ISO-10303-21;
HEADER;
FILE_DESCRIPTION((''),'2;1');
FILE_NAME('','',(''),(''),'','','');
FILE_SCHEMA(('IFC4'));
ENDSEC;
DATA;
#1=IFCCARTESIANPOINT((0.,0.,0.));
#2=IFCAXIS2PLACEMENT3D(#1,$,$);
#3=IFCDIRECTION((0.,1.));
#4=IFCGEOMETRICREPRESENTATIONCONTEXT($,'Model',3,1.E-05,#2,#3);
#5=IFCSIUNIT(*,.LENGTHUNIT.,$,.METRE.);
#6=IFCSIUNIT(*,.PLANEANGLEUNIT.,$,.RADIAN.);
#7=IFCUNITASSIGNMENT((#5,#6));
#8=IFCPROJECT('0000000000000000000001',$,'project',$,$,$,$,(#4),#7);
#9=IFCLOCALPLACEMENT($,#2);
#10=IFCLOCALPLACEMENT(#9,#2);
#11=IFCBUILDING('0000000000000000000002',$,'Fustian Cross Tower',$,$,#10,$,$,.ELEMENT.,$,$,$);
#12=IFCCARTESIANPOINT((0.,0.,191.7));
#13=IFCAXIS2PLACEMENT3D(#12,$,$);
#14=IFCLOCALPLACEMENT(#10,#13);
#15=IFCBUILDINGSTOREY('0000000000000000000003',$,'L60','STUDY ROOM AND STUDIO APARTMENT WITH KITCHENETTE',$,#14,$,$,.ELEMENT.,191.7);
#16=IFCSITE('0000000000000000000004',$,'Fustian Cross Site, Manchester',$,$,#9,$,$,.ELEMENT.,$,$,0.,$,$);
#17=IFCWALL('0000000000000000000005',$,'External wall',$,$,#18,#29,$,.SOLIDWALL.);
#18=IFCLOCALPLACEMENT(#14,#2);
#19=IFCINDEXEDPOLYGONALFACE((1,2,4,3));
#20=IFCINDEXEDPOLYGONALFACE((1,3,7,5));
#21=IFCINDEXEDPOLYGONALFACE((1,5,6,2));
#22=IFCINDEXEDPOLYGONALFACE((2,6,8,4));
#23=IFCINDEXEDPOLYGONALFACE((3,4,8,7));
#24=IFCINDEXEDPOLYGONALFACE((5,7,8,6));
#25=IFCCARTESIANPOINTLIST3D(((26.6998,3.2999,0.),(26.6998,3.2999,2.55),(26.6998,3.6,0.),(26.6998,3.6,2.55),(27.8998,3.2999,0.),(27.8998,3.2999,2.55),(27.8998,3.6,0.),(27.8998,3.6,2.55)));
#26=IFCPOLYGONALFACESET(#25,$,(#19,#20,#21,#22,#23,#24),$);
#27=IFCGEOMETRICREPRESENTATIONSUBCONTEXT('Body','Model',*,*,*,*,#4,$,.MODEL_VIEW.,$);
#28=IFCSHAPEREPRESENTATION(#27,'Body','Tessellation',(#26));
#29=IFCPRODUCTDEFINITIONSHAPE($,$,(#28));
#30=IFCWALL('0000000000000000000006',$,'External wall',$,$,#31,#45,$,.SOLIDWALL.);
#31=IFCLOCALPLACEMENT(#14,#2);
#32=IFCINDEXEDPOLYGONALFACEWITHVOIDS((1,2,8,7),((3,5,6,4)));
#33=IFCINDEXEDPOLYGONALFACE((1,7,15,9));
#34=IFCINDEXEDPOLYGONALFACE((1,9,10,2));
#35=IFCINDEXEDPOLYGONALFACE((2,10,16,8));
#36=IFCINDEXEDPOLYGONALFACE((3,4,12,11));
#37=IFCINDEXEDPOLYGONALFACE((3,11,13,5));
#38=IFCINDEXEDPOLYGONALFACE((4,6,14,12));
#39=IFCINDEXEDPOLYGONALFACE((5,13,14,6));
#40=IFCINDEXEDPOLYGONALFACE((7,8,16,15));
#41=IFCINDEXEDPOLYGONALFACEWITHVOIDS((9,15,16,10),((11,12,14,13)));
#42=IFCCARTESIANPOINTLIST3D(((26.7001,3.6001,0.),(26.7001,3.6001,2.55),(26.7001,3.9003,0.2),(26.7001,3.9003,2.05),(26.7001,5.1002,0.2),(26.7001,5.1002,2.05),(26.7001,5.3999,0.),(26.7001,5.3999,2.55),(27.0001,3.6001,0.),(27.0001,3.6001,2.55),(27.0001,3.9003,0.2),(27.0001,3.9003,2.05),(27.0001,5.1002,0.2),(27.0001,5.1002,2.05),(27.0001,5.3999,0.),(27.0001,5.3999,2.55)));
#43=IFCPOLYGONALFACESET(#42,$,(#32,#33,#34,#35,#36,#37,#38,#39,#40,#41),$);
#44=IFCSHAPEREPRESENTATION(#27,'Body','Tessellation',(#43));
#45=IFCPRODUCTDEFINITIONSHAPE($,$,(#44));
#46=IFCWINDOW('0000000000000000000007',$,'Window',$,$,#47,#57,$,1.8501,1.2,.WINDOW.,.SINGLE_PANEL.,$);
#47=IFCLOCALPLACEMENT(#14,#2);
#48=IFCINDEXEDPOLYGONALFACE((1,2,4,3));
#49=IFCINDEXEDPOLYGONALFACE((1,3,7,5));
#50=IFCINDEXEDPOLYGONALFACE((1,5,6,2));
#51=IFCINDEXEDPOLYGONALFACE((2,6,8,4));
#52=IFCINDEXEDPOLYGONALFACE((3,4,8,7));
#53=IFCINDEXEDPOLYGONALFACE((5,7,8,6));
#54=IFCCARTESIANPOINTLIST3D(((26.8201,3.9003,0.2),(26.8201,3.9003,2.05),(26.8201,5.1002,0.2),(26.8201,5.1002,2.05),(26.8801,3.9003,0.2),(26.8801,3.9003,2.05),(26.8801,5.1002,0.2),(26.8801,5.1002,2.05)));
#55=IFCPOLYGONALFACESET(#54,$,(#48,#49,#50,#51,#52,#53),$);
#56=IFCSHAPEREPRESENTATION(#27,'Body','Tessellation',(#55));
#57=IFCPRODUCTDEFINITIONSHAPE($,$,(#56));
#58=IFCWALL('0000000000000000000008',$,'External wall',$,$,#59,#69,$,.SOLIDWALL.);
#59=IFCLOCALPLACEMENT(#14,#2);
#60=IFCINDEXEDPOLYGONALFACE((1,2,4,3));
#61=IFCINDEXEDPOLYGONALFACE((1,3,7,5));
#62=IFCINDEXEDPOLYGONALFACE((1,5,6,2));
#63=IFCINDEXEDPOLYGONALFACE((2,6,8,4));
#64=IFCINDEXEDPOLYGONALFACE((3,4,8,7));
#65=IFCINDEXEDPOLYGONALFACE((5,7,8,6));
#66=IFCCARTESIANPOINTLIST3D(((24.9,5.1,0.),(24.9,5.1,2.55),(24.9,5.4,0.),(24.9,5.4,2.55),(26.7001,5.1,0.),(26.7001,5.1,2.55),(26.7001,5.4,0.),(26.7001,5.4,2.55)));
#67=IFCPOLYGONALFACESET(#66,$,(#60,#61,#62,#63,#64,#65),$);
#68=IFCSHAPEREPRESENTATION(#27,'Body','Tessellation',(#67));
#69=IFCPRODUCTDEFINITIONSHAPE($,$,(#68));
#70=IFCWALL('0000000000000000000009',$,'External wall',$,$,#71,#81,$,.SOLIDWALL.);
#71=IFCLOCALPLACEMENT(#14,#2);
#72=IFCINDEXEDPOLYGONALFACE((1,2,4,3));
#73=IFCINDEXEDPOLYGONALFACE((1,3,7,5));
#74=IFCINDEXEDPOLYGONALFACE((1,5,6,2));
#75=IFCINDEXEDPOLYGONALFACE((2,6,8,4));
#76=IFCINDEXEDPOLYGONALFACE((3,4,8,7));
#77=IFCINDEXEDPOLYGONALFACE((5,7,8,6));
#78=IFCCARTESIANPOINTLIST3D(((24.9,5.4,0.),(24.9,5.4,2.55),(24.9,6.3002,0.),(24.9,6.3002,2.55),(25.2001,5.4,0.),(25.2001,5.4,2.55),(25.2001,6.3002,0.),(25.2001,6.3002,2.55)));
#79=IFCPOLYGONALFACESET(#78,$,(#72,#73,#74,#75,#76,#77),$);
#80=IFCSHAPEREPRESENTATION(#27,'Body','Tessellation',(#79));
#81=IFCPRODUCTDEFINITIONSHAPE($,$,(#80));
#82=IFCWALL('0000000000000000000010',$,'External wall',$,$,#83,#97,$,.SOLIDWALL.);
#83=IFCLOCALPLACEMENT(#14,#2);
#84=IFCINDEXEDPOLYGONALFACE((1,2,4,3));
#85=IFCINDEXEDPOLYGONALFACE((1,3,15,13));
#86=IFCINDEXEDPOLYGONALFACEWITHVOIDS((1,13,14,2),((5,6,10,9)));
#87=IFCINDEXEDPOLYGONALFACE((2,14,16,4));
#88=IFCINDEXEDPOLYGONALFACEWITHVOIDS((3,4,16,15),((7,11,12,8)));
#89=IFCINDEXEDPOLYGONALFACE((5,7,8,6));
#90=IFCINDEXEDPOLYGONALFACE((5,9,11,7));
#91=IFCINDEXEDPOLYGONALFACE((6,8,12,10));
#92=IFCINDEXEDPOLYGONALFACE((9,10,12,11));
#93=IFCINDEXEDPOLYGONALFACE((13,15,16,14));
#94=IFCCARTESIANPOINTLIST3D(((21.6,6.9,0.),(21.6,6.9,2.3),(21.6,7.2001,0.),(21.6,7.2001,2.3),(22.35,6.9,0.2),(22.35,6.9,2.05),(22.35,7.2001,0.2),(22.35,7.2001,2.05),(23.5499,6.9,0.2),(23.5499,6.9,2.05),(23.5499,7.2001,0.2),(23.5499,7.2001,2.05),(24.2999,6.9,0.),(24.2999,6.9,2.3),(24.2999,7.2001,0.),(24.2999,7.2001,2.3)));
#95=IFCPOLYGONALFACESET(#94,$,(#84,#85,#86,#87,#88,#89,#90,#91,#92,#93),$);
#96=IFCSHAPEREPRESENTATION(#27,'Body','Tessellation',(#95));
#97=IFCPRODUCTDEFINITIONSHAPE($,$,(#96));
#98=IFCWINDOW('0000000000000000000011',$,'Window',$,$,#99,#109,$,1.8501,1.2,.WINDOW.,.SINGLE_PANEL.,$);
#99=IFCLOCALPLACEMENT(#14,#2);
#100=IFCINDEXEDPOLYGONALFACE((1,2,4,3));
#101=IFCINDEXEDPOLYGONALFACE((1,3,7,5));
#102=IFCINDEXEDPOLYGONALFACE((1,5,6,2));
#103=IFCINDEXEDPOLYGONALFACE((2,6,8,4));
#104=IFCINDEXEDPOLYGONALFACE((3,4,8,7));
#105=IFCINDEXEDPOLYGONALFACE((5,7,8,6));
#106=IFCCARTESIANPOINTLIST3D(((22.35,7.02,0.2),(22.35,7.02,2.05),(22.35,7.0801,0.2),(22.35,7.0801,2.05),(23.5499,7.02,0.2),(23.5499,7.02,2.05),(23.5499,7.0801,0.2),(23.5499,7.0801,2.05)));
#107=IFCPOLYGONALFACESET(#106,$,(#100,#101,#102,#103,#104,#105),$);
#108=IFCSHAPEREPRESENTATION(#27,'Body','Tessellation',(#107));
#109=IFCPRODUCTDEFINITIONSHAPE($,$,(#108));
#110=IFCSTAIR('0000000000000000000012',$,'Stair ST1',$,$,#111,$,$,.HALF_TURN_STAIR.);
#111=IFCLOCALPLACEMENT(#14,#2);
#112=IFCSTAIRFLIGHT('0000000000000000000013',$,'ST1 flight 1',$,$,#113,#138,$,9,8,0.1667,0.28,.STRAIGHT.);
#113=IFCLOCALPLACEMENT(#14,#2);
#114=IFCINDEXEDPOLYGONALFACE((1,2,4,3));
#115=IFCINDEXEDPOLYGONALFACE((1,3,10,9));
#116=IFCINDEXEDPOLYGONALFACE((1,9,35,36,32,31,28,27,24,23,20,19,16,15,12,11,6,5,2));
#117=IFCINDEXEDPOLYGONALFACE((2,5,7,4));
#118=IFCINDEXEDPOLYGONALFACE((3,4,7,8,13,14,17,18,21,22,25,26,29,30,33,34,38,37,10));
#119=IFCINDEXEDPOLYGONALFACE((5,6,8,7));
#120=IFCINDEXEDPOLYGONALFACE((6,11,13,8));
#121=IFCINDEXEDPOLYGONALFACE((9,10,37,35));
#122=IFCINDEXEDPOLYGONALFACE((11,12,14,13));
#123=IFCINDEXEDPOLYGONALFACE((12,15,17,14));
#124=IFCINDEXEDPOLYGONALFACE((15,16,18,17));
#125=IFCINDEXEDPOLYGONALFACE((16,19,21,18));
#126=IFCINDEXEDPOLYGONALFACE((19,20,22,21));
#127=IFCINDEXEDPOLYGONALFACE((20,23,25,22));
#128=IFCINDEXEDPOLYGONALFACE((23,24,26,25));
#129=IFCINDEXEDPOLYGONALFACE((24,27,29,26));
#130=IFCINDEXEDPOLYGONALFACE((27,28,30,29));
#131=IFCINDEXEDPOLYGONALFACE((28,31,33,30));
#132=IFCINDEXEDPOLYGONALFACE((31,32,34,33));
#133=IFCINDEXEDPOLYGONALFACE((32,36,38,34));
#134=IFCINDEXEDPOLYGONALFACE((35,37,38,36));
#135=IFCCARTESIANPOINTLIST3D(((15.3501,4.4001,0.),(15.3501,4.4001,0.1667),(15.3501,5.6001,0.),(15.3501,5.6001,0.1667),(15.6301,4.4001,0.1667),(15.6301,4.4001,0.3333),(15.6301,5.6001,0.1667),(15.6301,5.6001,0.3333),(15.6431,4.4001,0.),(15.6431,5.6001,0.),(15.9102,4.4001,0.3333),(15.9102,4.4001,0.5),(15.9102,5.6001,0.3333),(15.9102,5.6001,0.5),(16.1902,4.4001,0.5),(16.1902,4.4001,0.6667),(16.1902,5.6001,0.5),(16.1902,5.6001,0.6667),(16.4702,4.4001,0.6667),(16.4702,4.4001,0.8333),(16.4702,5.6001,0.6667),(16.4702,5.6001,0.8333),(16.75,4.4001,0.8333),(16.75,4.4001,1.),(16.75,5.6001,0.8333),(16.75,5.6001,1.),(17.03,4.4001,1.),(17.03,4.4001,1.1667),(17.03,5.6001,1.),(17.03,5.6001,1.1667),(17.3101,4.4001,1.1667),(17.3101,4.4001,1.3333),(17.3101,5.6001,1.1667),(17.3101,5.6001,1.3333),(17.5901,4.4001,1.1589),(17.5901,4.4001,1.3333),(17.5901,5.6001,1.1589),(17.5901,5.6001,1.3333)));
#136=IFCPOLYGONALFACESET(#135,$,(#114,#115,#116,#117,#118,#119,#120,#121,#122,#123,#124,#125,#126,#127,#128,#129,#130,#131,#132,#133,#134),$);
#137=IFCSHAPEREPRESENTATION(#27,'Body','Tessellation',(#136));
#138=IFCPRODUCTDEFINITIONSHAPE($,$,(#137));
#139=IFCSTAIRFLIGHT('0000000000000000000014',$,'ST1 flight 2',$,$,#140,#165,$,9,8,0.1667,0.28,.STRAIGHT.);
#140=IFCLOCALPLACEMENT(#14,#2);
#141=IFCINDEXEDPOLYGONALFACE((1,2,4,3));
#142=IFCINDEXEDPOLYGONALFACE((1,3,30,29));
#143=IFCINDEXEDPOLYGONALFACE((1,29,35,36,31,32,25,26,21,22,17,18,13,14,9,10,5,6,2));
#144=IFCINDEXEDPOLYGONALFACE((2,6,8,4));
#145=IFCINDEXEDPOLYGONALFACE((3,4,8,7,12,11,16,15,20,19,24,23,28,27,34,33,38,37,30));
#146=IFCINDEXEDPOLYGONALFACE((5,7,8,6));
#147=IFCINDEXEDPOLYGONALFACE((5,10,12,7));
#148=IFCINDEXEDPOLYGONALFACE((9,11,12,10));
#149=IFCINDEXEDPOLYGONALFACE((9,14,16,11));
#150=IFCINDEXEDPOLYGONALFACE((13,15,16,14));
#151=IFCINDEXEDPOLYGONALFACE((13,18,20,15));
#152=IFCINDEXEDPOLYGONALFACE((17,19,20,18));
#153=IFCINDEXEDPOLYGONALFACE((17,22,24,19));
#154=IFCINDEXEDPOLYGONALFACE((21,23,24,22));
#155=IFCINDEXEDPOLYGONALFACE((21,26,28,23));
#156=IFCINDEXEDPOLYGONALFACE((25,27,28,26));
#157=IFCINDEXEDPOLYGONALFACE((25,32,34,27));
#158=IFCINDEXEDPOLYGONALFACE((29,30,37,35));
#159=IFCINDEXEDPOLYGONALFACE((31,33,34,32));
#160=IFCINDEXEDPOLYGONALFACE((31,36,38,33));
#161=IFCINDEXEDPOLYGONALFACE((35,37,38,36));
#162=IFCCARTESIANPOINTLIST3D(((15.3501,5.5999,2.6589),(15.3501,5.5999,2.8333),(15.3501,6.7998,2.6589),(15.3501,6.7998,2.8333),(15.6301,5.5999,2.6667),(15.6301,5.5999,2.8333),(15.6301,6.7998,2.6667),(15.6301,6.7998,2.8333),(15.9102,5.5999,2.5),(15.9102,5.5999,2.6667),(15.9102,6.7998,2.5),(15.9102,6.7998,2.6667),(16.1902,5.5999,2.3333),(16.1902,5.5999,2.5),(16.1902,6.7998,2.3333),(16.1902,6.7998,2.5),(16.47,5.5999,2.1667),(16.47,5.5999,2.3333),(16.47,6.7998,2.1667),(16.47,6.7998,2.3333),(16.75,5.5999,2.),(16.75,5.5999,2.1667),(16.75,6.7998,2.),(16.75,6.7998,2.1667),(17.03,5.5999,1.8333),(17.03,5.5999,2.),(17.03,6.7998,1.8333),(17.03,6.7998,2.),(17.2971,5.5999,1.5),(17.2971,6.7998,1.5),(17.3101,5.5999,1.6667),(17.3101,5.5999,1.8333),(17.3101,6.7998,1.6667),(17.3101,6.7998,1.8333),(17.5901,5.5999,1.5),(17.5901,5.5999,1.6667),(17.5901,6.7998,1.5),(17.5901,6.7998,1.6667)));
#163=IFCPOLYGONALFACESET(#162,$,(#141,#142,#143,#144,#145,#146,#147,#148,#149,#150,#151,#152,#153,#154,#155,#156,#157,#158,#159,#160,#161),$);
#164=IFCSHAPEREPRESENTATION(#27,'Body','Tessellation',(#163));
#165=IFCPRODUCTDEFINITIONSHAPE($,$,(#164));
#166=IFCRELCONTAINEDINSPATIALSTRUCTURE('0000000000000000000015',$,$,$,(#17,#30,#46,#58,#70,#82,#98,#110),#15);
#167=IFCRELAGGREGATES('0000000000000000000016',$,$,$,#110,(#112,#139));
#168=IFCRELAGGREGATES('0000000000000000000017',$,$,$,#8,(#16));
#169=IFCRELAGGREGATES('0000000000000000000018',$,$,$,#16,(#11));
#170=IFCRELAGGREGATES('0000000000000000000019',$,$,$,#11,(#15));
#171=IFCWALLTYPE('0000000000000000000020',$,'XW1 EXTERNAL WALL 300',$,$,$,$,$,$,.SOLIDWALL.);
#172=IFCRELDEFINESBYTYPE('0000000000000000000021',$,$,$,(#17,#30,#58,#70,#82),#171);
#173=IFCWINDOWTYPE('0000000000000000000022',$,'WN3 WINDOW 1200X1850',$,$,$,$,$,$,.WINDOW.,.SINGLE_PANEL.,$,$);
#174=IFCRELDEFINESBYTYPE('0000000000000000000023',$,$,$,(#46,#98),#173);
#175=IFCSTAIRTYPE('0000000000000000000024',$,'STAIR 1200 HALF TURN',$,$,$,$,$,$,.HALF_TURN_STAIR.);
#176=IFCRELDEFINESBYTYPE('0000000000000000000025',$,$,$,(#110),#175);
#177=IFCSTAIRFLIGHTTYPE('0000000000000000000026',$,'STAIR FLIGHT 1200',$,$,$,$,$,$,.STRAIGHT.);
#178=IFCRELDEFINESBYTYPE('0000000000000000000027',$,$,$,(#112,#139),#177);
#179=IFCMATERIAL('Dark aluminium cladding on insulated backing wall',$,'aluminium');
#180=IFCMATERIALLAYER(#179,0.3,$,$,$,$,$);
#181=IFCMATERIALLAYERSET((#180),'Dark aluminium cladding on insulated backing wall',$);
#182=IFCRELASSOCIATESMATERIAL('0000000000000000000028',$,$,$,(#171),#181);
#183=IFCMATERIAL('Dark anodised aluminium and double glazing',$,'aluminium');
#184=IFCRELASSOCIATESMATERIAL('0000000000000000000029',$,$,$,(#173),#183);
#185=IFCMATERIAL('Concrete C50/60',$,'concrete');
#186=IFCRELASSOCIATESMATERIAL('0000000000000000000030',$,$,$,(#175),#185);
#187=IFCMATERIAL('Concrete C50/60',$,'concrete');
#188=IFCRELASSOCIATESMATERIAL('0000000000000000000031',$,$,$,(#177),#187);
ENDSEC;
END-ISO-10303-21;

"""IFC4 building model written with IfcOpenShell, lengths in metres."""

from ifc_helpers import new_model, si_unit, direction, frame, frame_2d, origin, place, context, subcontext, project, spatial, polyline, rectangle, outline, extrude, material, layer, layer_set, type_object, element, fill, aggregate, save


model = new_model("IFC4")

# Units and contexts
model_context = context("Model", 3, precision=1e-05, world=origin(), true_north=direction((0.0, 1.0)))
body_context = subcontext(model_context, "Body", "Model", "MODEL_VIEW")
ifc_project = project(units=[si_unit("LENGTHUNIT", "METRE"), si_unit("PLANEANGLEUNIT", "RADIAN")], contexts=[model_context])

# Site, building, storey
site_placement = place(None, origin())
site = spatial("IfcSite", under=ifc_project, at=site_placement, Name="Fustian Cross Site, Manchester", CompositionType="ELEMENT", RefElevation=0.0)
building_placement = place(site_placement, origin())
building = spatial("IfcBuilding", under=site, at=building_placement, Name="Fustian Cross Tower", CompositionType="ELEMENT")
storey_placement = place(building_placement, frame((0.0, 0.0, 191.7)))
storey = spatial("IfcBuildingStorey", under=building, at=storey_placement, Name="L60", Description="STUDY ROOM AND STUDIO APARTMENT WITH KITCHENETTE", CompositionType="ELEMENT", Elevation=191.7)

# Wall
ifc_material_1 = material(Name="Dark aluminium cladding on insulated backing wall", Category="aluminium")
ifc_layer_1 = layer(ifc_material_1, 0.3)
ifc_layer_set_1 = layer_set([ifc_layer_1], Name="Dark aluminium cladding on insulated backing wall")
wall_type_1 = type_object("IfcWallType", Name="XW1 EXTERNAL WALL 300", PredefinedType="SOLIDWALL", material=ifc_layer_set_1)
wall_1_placement = place(storey_placement, frame((27.8999, 3.45, 0.0), z_axis=(0.0, 0.0, 1.0), x_axis=(-1.0, 0.0, 0.0)))
element("IfcWall", 1, at=wall_1_placement, inside=storey, type_object=wall_type_1, Name="External wall", PredefinedType="SOLIDWALL", context=body_context, shape_type="SweptSolid", body=[
    extrude(rectangle(XDim=1.2, YDim=0.3, at=frame_2d((0.6001, 0.0))), origin(), (0.0, 0.0, 1.0), 2.55),
])

# Wall, opening, window
wall_2_placement = place(storey_placement, frame((26.8501, 3.6001, 0.0), z_axis=(0.0, 0.0, 1.0), x_axis=(0.0, 1.0, 0.0)))
wall_2 = element("IfcWall", 2, at=wall_2_placement, inside=storey, type_object=wall_type_1, Name="External wall", PredefinedType="SOLIDWALL", context=body_context, shape_type="SweptSolid", body=[
    extrude(rectangle(XDim=1.7998, YDim=0.3, at=frame_2d((0.8999, 0.0))), origin(), (0.0, 0.0, 1.0), 2.55),
])
opening_1_placement = place(wall_2_placement, frame((0.3, 0.0, 0.2)))
opening_1 = element("IfcOpeningElement", 3, at=opening_1_placement, cuts=wall_2, PredefinedType="OPENING", context=body_context, shape_type="SweptSolid", body=[
    extrude(rectangle(XDim=1.2, YDim=1.8501, at=frame_2d((0.6001, 0.925))), frame((0.0, 0.1599, 0.0), z_axis=(0.0, -1.0, 0.0), x_axis=(1.0, 0.0, 0.0)), (0.0, 0.0, 1.0), 0.3201),
])
ifc_material_2 = material(Name="Dark anodised aluminium and double glazing", Category="aluminium")
window_type = type_object("IfcWindowType", Name="WN3 WINDOW 1200X1850", PartitioningType="SINGLE_PANEL", PredefinedType="WINDOW", material=ifc_material_2)
window_1_placement = place(opening_1_placement, origin())
window_1 = element("IfcWindow", 4, at=window_1_placement, inside=storey, type_object=window_type, Name="Window", OverallHeight=1.8501, OverallWidth=1.2, PartitioningType="SINGLE_PANEL", PredefinedType="WINDOW", context=body_context, shape_type="SweptSolid", body=[
    extrude(rectangle(XDim=1.2, YDim=1.8501, at=frame_2d((0.6001, 0.925))), frame((0.0, 0.03, 0.0), z_axis=(0.0, -1.0, 0.0), x_axis=(1.0, 0.0, 0.0)), (0.0, 0.0, 1.0), 0.0601),
])
fill(opening_1, window_1)

# Walls
wall_3_placement = place(storey_placement, frame((26.7, 5.25, 0.0), z_axis=(0.0, 0.0, 1.0), x_axis=(-1.0, 0.0, 0.0)))
element("IfcWall", 5, at=wall_3_placement, inside=storey, type_object=wall_type_1, Name="External wall", PredefinedType="SOLIDWALL", context=body_context, shape_type="SweptSolid", body=[
    extrude(rectangle(XDim=1.8, YDim=0.3, at=frame_2d((0.8999, 0.0))), origin(), (0.0, 0.0, 1.0), 2.55),
])
wall_4_placement = place(storey_placement, frame((25.05, 5.3999, 0.0), z_axis=(0.0, 0.0, 1.0), x_axis=(0.0, 1.0, 0.0)))
element("IfcWall", 6, at=wall_4_placement, inside=storey, type_object=wall_type_1, Name="External wall", PredefinedType="SOLIDWALL", context=body_context, shape_type="SweptSolid", body=[
    extrude(rectangle(XDim=0.9001, YDim=0.3, at=frame_2d((0.4502, 0.0))), origin(), (0.0, 0.0, 1.0), 2.55),
])

# Wall, opening, window
wall_5_placement = place(storey_placement, frame((24.3, 7.05, 0.0), z_axis=(0.0, 0.0, 1.0), x_axis=(-1.0, 0.0, 0.0)))
wall_5 = element("IfcWall", 7, at=wall_5_placement, inside=storey, type_object=wall_type_1, Name="External wall", PredefinedType="SOLIDWALL", context=body_context, shape_type="SweptSolid", body=[
    extrude(rectangle(XDim=2.7, YDim=0.3, at=frame_2d((1.3501, 0.0))), origin(), (0.0, 0.0, 1.0), 2.3),
])
opening_2_placement = place(wall_5_placement, frame((0.75, 0.0, 0.2)))
opening_2 = element("IfcOpeningElement", 8, at=opening_2_placement, cuts=wall_5, PredefinedType="OPENING", context=body_context, shape_type="SweptSolid", body=[
    extrude(rectangle(XDim=1.2, YDim=1.8501, at=frame_2d((0.6001, 0.925))), frame((0.0, 0.1599, 0.0), z_axis=(0.0, -1.0, 0.0), x_axis=(1.0, 0.0, 0.0)), (0.0, 0.0, 1.0), 0.3201),
])
window_2_placement = place(opening_2_placement, origin())
window_2 = element("IfcWindow", 9, at=window_2_placement, inside=storey, type_object=window_type, Name="Window", OverallHeight=1.8501, OverallWidth=1.2, PartitioningType="SINGLE_PANEL", PredefinedType="WINDOW", context=body_context, shape_type="SweptSolid", body=[
    extrude(rectangle(XDim=1.2, YDim=1.8501, at=frame_2d((0.6001, 0.925))), frame((0.0, 0.03, 0.0), z_axis=(0.0, -1.0, 0.0), x_axis=(1.0, 0.0, 0.0)), (0.0, 0.0, 1.0), 0.0601),
])
fill(opening_2, window_2)

# Stair, stair flights
ifc_material_3 = material(Name="Concrete C50/60", Category="concrete")
stair_type = type_object("IfcStairType", Name="STAIR 1200 HALF TURN", PredefinedType="HALF_TURN_STAIR", material=ifc_material_3)
stair_placement = place(storey_placement, origin())
stair = element("IfcStair", 10, at=stair_placement, inside=storey, type_object=stair_type, Name="Stair ST1", PredefinedType="HALF_TURN_STAIR")
ifc_material_4 = material(Name="Concrete C50/60", Category="concrete")
stair_flight_type = type_object("IfcStairFlightType", Name="STAIR FLIGHT 1200", PredefinedType="STRAIGHT", material=ifc_material_4)
stair_flight_1_placement = place(storey_placement, frame((15.3501, 5.0, 0.0), z_axis=(0.0, 0.0, 1.0), x_axis=(1.0, 0.0, 0.0)))
stair_flight_1 = element("IfcStairFlight", 11, at=stair_flight_1_placement, type_object=stair_flight_type, Name="ST1 flight 1", NumberOfRisers=9, NumberOfTreads=8, PredefinedType="STRAIGHT", RiserHeight=0.1667, TreadLength=0.28, context=body_context, shape_type="SweptSolid", body=[
    extrude(outline(polyline([(0.0, 0.0), (0.0, 0.1667), (0.28, 0.1667), (0.28, 0.3333), (0.5601, 0.3333), (0.5601, 0.5), (0.8401, 0.5), (0.8401, 0.6667), (1.1201, 0.6667), (1.1201, 0.8333), (1.3999, 0.8333), (1.3999, 1.0), (1.6799, 1.0), (1.6799, 1.1667), (1.96, 1.1667), (1.96, 1.3333), (2.24, 1.3333), (2.24, 1.5), (2.24, 1.1589), (0.293, 0.0), (0.0, 0.0)])), frame((0.0, 0.6001, 0.0), z_axis=(0.0, -1.0, 0.0), x_axis=(1.0, 0.0, 0.0)), (0.0, 0.0, 1.0), 1.2),
])
stair_flight_2_placement = place(storey_placement, frame((17.5901, 6.2, 1.5), z_axis=(0.0, 0.0, 1.0), x_axis=(-1.0, 0.0, 0.0)))
stair_flight_2 = element("IfcStairFlight", 12, at=stair_flight_2_placement, type_object=stair_flight_type, Name="ST1 flight 2", NumberOfRisers=9, NumberOfTreads=8, PredefinedType="STRAIGHT", RiserHeight=0.1667, TreadLength=0.28, context=body_context, shape_type="SweptSolid", body=[
    extrude(outline(polyline([(0.0, 0.0), (0.0, 0.1667), (0.28, 0.1667), (0.28, 0.3333), (0.5601, 0.3333), (0.5601, 0.5), (0.8401, 0.5), (0.8401, 0.6667), (1.1201, 0.6667), (1.1201, 0.8333), (1.3999, 0.8333), (1.3999, 1.0), (1.6799, 1.0), (1.6799, 1.1667), (1.96, 1.1667), (1.96, 1.3333), (2.24, 1.3333), (2.24, 1.5), (2.24, 1.1589), (0.293, 0.0), (0.0, 0.0)])), frame((0.0, 0.6001, 0.0), z_axis=(0.0, -1.0, 0.0), x_axis=(1.0, 0.0, 0.0)), (0.0, 0.0, 1.0), 1.2),
])
aggregate(stair, [stair_flight_1, stair_flight_2])

save(model, "model.ifc")
